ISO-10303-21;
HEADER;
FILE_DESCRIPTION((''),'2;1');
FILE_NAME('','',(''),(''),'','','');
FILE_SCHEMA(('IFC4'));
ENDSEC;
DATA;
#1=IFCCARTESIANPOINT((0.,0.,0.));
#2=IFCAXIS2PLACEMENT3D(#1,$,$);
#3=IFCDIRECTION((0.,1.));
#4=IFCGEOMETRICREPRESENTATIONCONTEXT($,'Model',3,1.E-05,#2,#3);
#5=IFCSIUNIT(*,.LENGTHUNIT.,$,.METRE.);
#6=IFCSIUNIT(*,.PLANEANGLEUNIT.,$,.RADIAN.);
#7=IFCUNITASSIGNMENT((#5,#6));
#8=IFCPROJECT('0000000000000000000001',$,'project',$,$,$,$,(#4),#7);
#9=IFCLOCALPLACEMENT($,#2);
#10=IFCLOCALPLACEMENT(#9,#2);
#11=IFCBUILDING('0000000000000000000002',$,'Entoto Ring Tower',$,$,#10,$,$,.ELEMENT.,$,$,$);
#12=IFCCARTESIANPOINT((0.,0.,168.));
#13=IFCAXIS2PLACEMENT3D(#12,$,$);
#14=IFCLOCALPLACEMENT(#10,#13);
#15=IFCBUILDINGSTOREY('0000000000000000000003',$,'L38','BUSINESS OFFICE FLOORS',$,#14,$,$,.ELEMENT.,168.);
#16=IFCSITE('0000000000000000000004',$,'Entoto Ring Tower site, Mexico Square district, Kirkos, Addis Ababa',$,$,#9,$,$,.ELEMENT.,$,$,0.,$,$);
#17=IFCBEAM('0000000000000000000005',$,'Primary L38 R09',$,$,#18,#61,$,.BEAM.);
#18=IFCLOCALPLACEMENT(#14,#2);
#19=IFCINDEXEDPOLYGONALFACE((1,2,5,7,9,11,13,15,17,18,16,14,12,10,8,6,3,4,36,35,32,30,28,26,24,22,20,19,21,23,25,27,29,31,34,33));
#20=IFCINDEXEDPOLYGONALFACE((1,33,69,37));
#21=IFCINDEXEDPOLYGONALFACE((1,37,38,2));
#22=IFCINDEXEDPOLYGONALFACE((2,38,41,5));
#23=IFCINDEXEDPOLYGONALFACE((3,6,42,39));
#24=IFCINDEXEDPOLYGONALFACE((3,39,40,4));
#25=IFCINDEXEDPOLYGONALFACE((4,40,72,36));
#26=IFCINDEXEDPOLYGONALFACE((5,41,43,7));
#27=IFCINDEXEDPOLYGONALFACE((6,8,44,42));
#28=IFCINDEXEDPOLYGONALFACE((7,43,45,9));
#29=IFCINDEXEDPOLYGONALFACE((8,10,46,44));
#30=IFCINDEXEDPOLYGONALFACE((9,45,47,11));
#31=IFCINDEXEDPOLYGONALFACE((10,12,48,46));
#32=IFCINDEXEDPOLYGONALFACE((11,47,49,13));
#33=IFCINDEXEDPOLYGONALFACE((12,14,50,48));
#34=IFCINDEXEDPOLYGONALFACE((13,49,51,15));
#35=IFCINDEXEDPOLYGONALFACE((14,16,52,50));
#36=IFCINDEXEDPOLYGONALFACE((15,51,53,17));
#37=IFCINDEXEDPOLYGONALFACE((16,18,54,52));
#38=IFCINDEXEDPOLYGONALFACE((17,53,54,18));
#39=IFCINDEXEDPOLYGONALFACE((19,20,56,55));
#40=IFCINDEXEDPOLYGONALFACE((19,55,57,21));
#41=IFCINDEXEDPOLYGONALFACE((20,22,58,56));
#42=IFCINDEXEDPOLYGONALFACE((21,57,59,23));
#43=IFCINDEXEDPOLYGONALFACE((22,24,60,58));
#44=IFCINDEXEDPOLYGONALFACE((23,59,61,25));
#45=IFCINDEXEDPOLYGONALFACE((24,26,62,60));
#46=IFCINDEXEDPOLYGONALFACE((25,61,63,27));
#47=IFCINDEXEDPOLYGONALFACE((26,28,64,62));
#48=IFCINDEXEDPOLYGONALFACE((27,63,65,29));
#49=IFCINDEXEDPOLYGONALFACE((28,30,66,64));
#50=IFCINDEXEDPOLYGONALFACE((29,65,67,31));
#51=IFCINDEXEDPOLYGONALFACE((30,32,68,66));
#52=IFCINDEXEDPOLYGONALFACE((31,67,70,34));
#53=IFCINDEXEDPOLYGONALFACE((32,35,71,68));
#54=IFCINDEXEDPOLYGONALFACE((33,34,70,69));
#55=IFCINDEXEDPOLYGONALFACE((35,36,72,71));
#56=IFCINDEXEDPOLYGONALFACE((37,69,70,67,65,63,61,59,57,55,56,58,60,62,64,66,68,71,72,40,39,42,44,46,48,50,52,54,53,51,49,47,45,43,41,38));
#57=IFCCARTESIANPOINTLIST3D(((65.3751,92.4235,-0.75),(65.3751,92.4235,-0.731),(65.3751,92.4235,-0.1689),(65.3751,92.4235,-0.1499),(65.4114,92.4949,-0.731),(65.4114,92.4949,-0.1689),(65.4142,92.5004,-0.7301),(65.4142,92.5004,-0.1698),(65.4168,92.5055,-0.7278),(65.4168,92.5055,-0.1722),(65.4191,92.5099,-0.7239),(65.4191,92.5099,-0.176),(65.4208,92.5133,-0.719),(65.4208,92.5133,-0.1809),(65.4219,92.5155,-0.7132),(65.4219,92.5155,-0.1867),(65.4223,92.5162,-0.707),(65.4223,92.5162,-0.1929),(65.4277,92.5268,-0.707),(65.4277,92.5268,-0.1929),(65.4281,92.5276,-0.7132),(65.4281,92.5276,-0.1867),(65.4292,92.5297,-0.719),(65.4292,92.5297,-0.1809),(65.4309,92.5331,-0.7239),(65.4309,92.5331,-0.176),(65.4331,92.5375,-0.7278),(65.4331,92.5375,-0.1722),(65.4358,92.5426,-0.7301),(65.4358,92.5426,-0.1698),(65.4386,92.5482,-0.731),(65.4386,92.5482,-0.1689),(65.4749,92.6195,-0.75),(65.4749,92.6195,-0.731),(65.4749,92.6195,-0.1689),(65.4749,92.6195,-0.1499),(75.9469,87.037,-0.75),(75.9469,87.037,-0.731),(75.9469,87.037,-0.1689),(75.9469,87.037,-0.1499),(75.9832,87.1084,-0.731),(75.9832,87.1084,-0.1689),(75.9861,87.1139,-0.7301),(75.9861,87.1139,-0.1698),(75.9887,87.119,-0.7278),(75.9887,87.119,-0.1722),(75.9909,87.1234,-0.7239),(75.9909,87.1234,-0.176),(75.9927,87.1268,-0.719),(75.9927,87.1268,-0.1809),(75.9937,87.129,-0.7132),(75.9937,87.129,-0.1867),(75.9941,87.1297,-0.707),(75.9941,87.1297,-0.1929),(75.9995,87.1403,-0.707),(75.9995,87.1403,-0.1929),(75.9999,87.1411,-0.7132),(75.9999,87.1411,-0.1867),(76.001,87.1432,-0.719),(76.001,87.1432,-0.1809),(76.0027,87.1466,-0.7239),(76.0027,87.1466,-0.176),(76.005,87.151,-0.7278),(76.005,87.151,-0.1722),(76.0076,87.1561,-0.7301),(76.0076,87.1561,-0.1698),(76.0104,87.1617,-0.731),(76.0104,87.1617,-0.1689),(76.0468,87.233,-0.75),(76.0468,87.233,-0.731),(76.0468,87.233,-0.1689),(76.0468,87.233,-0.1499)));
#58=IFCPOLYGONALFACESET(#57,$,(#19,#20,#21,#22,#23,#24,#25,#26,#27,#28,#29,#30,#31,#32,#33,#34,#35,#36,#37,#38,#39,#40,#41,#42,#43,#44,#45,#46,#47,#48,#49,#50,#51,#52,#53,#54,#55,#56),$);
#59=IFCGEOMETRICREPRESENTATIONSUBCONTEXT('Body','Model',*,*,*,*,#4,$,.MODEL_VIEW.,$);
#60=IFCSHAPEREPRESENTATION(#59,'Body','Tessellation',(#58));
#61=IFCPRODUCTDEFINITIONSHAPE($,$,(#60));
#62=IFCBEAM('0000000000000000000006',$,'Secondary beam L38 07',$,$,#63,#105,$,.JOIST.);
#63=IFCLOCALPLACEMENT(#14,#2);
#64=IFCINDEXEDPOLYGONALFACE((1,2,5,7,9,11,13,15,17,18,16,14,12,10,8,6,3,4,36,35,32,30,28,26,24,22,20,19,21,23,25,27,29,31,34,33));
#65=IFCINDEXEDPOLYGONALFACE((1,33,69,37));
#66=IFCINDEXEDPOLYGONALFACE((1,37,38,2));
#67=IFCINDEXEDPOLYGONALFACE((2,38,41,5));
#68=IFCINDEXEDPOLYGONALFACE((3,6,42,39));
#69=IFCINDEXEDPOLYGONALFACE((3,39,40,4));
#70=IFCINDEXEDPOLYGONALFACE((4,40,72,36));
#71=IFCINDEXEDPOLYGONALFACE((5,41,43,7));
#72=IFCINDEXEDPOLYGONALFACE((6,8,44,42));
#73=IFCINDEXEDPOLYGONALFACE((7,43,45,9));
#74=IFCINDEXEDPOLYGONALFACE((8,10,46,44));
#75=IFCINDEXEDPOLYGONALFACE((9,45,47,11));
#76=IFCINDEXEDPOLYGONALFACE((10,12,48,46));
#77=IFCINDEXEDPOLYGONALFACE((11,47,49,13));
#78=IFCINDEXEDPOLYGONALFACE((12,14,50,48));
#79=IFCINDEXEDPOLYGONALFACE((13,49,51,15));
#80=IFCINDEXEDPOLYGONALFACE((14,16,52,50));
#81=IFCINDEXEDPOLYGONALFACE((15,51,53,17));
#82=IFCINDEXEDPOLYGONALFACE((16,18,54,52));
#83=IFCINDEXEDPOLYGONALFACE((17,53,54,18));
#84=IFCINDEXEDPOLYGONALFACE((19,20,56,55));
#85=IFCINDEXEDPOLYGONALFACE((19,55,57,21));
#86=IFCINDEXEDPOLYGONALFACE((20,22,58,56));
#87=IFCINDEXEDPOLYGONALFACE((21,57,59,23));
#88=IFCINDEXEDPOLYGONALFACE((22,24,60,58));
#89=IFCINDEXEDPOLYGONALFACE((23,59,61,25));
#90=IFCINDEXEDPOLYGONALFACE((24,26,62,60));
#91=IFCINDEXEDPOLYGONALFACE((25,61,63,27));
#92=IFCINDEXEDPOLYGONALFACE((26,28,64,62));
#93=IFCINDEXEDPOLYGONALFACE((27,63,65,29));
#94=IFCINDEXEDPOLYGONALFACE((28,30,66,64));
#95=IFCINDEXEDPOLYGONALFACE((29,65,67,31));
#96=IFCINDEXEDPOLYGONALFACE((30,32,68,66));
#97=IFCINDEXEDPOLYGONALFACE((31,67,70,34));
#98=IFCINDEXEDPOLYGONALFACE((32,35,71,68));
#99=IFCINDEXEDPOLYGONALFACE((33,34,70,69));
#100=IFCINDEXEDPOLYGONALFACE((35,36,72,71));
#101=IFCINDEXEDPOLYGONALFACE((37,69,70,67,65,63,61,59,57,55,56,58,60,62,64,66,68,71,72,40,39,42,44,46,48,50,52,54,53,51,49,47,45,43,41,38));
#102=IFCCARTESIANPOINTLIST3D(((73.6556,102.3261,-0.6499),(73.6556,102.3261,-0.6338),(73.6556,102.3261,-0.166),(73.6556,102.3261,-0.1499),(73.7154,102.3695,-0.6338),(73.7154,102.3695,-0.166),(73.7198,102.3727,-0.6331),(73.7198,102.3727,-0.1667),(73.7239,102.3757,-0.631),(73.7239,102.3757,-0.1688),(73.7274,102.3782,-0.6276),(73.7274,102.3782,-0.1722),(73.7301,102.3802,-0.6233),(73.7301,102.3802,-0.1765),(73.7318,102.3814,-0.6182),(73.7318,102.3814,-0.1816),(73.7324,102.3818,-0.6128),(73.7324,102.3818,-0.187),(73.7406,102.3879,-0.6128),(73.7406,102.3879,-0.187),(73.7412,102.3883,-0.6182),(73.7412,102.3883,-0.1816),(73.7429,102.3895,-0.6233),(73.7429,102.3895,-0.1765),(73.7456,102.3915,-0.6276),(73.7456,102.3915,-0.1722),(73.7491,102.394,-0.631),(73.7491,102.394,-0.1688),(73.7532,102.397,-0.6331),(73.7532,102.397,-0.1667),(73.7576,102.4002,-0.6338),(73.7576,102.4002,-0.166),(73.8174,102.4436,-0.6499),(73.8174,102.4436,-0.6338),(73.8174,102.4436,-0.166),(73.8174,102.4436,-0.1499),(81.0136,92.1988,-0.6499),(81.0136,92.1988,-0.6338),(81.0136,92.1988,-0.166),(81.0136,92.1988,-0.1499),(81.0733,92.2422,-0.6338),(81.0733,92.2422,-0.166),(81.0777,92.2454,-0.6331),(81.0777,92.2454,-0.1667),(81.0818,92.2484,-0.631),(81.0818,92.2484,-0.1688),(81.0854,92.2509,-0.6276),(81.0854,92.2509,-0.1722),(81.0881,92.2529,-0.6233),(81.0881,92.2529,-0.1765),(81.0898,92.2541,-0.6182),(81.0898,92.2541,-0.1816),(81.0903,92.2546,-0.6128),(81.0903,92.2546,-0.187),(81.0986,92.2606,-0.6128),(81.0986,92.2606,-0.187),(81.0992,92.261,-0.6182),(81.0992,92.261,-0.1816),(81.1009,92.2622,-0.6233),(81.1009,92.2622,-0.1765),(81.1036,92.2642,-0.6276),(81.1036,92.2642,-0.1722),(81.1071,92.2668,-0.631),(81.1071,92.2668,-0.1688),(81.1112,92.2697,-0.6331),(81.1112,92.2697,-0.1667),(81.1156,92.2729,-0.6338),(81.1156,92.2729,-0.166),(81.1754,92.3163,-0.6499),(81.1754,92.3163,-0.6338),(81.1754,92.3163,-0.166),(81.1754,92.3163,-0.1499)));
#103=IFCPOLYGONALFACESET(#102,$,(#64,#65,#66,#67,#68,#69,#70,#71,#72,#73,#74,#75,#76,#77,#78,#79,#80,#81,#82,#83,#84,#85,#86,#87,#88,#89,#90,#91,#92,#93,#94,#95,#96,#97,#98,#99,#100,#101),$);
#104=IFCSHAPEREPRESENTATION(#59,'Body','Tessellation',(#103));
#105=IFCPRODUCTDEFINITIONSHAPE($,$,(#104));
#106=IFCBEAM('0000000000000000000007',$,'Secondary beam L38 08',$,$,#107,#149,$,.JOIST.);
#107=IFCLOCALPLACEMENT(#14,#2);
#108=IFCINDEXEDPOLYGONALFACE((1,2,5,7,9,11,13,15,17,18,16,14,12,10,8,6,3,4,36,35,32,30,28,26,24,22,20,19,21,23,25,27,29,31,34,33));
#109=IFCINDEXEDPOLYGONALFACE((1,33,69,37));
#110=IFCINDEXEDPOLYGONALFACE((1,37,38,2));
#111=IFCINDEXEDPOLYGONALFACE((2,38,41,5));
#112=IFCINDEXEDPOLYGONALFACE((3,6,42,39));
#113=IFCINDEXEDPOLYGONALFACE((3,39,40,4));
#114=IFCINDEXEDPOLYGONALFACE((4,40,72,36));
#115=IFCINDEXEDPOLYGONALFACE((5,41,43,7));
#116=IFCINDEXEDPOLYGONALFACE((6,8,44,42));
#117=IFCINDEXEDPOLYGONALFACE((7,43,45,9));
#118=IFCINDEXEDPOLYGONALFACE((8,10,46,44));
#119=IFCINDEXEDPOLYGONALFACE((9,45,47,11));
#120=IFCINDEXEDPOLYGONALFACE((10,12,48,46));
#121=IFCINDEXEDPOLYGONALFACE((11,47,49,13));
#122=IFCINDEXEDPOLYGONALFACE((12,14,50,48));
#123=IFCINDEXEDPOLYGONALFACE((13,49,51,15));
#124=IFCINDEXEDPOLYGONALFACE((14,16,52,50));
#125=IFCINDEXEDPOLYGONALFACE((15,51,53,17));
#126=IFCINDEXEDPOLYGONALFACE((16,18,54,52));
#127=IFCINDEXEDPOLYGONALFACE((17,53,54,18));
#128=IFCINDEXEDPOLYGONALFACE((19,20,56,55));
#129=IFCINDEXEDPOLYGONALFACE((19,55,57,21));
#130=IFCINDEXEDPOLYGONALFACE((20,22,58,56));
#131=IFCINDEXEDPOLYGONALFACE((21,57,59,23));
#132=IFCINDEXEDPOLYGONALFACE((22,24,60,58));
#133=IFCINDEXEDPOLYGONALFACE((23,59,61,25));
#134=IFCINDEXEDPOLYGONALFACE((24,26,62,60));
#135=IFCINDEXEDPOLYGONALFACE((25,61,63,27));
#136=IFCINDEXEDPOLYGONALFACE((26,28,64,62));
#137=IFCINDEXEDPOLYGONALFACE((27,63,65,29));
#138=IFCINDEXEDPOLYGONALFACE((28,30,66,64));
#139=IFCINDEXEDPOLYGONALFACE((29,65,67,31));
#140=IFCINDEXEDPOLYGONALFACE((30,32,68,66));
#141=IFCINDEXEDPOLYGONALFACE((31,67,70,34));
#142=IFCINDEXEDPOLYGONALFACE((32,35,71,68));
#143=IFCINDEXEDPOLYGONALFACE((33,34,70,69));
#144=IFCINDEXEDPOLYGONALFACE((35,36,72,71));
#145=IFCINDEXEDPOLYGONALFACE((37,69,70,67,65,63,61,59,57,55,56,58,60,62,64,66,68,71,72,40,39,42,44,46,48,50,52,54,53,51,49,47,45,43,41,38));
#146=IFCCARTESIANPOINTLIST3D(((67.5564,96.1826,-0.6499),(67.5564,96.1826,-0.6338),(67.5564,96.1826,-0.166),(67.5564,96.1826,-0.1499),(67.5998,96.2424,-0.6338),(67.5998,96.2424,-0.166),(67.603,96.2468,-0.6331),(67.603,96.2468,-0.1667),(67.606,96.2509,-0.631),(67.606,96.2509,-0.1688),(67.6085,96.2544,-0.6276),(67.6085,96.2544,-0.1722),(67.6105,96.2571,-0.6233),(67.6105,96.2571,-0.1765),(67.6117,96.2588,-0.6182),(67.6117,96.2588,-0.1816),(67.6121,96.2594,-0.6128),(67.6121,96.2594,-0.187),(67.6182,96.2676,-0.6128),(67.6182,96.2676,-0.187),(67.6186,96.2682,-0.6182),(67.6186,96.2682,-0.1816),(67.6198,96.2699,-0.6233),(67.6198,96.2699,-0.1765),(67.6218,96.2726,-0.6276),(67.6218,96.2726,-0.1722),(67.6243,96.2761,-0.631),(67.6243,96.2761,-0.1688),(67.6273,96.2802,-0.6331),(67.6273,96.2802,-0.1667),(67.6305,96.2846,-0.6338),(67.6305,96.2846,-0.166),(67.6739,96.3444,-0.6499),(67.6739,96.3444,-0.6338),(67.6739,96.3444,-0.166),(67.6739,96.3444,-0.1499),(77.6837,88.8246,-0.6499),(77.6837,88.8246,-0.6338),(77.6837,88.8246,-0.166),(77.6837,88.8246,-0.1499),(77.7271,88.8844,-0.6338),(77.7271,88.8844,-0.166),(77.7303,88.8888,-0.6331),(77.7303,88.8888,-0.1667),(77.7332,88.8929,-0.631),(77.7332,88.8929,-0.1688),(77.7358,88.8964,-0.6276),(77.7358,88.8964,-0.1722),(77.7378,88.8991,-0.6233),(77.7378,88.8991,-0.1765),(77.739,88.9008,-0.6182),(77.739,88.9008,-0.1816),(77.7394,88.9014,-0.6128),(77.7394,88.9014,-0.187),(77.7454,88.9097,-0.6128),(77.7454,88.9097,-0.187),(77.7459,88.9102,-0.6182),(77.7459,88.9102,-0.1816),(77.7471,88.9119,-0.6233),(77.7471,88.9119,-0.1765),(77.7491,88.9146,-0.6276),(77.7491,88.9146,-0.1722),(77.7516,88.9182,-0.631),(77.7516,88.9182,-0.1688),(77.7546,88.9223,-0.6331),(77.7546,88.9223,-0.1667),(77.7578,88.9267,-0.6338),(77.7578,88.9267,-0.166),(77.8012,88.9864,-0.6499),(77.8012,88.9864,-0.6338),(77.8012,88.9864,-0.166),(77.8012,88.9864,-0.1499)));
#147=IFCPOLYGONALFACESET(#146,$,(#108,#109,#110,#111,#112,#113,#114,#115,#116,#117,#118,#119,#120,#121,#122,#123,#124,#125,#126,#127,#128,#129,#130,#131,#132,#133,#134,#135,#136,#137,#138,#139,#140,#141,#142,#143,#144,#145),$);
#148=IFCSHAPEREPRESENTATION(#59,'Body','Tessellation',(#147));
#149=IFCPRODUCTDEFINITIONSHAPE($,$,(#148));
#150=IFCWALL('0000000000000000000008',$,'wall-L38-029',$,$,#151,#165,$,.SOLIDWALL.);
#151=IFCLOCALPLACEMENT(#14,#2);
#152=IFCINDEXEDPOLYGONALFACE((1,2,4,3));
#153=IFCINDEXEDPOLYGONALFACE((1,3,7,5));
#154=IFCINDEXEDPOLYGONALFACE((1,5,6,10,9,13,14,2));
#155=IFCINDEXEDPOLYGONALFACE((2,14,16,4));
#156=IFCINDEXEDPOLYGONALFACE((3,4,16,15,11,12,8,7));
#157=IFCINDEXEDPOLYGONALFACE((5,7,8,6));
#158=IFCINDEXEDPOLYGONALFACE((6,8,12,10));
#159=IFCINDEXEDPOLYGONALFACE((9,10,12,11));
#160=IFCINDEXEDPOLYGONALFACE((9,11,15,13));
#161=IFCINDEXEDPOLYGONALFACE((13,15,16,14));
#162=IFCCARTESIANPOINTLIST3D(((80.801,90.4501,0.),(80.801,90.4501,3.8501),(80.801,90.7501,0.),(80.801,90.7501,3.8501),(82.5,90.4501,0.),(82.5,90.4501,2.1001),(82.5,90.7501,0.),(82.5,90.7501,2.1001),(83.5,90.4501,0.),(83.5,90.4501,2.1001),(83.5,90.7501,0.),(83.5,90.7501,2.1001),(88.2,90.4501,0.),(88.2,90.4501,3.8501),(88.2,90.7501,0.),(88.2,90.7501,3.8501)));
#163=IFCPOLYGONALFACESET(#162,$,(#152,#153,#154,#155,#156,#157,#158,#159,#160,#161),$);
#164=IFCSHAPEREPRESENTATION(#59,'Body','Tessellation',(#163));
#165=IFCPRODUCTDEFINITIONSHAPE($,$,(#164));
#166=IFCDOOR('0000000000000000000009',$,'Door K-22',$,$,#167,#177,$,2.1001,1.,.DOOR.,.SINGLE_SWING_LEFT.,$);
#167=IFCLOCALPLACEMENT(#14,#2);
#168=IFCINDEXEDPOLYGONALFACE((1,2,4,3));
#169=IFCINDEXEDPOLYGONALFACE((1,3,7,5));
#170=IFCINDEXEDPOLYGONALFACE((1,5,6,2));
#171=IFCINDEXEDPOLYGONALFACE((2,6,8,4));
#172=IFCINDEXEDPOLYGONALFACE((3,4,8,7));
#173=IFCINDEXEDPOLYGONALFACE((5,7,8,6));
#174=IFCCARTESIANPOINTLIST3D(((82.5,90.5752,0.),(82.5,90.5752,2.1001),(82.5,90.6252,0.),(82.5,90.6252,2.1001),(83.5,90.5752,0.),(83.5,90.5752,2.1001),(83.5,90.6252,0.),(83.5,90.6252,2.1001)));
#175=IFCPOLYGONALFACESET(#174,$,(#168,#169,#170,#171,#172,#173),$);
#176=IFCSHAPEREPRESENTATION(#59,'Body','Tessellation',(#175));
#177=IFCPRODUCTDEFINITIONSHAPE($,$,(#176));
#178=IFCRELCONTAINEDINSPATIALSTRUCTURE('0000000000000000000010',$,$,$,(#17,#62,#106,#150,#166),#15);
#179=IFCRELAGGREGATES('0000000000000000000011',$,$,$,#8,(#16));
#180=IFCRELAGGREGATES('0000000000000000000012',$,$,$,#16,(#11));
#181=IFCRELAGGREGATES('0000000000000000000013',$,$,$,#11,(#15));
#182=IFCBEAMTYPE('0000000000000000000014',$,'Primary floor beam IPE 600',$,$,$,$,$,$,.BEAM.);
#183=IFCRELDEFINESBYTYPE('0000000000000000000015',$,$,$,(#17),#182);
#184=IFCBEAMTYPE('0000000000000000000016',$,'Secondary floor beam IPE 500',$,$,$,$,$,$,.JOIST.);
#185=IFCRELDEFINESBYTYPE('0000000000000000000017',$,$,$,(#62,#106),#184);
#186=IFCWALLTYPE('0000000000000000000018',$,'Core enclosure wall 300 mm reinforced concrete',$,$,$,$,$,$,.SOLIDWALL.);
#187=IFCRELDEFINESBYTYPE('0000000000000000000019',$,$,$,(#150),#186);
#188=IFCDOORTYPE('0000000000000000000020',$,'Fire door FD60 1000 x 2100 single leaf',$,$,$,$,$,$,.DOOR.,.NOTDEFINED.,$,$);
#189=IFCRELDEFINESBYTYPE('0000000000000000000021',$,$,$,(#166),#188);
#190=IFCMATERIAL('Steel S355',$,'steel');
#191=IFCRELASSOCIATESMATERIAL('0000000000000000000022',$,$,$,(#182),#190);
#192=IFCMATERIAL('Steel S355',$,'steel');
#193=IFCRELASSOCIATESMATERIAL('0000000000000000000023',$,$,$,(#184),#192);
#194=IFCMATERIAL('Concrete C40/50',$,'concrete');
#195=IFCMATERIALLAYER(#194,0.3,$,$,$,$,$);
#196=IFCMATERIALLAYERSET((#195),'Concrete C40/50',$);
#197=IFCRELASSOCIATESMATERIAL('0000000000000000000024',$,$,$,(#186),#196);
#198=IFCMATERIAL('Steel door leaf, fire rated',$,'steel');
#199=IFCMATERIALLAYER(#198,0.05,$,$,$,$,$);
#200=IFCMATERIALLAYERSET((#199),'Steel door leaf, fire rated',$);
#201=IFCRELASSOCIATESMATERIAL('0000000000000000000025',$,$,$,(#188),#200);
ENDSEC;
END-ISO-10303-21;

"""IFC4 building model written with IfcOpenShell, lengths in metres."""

from ifc_helpers import new_model, si_unit, direction, frame, frame_2d, origin, origin_2d, place, context, subcontext, project, spatial, rectangle, i_section, extrude, material, layer, layer_set, material_profile, profile_set, type_object, element, fill, save


model = new_model("IFC4")

# Units and contexts
model_context = context("Model", 3, precision=1e-05, world=origin(), true_north=direction((0.0, 1.0)))
body_context = subcontext(model_context, "Body", "Model", "MODEL_VIEW")
ifc_project = project(units=[si_unit("LENGTHUNIT", "METRE"), si_unit("PLANEANGLEUNIT", "RADIAN")], contexts=[model_context])

# Site, building, storey
site_placement = place(None, origin())
site = spatial("IfcSite", under=ifc_project, at=site_placement, Name="Entoto Ring Tower site, Mexico Square district, Kirkos, Addis Ababa", CompositionType="ELEMENT", RefElevation=0.0)
building_placement = place(site_placement, origin())
building = spatial("IfcBuilding", under=site, at=building_placement, Name="Entoto Ring Tower", CompositionType="ELEMENT")
storey_placement = place(building_placement, frame((0.0, 0.0, 168.0)))
storey = spatial("IfcBuildingStorey", under=building, at=storey_placement, Name="L38", Description="BUSINESS OFFICE FLOORS", CompositionType="ELEMENT", Elevation=168.0)

# Beams
ifc_material_1 = material(Name="Steel S355", Category="steel")
ifc_material_profile_1 = material_profile(ifc_material_1, i_section(OverallWidth=0.22, OverallDepth=0.6001, WebThickness=0.012, FlangeThickness=0.019, FilletRadius=0.0239, at=origin_2d()), Name="IPE 600")
ifc_profile_set_1 = profile_set([ifc_material_profile_1], Name="Steel S355")
beam_type_1 = type_object("IfcBeamType", Name="Primary floor beam IPE 600", PredefinedType="BEAM", material=ifc_profile_set_1)
beam_1_placement = place(storey_placement, frame((75.9968, 87.135, -0.45), z_axis=(-0.89101, 0.453983, 0.0), x_axis=(-0.453983, -0.89101, 0.0)))
element("IfcBeam", 1, at=beam_1_placement, inside=storey, type_object=beam_type_1, Name="Primary L38 R09", PredefinedType="BEAM", context=body_context, shape_type="SweptSolid", body=[
    extrude(i_section(OverallWidth=0.22, OverallDepth=0.6001, WebThickness=0.012, FlangeThickness=0.019, FilletRadius=0.0239, at=origin_2d()), origin(), (0.0, 0.0, 1.0), 11.865),
])
ifc_material_2 = material(Name="Steel S355", Category="steel")
ifc_material_profile_2 = material_profile(ifc_material_2, i_section(OverallWidth=0.2, OverallDepth=0.5, WebThickness=0.0103, FlangeThickness=0.0161, FilletRadius=0.021, at=origin_2d()), Name="IPE 500")
ifc_profile_set_2 = profile_set([ifc_material_profile_2], Name="Steel S355")
beam_type_2 = type_object("IfcBeamType", Name="Secondary floor beam IPE 500", PredefinedType="JOIST", material=ifc_profile_set_2)
for number, where, z_axis, x_axis, name in (
    (2, (81.0945, 92.2576, -0.3999), (-0.587789, 0.809014, 0.0), (-0.809014, -0.587789, 0.0), "Secondary beam L38 07"),
    (3, (77.7424, 88.9055, -0.3999), (-0.809014, 0.587789, 0.0), (-0.587789, -0.809014, 0.0), "Secondary beam L38 08"),
):
    element("IfcBeam", number, at=place(storey_placement, frame(where, z_axis=z_axis, x_axis=x_axis)), inside=storey, type_object=beam_type_2, Name=name, PredefinedType="JOIST", context=body_context, shape_type="SweptSolid", body=[
        extrude(i_section(OverallWidth=0.2, OverallDepth=0.5, WebThickness=0.0103, FlangeThickness=0.0161, FilletRadius=0.021, at=origin_2d()), origin(), (0.0, 0.0, 1.0), 12.5181),
    ])

# Wall, opening, door
ifc_material_3 = material(Name="Concrete C40/50", Category="concrete")
ifc_layer_1 = layer(ifc_material_3, 0.3)
ifc_layer_set_1 = layer_set([ifc_layer_1], Name="Concrete C40/50")
wall_type_1 = type_object("IfcWallType", Name="Core enclosure wall 300 mm reinforced concrete", PredefinedType="SOLIDWALL", material=ifc_layer_set_1)
wall_1_placement = place(storey_placement, frame((80.801, 90.6001, 0.0), z_axis=(0.0, 0.0, 1.0), x_axis=(1.0, 0.0, 0.0)))
wall_1 = element("IfcWall", 4, at=wall_1_placement, inside=storey, type_object=wall_type_1, Name="wall-L38-029", PredefinedType="SOLIDWALL", context=body_context, shape_type="SweptSolid", body=[
    extrude(rectangle(XDim=7.3989, YDim=0.3, at=frame_2d((3.6995, 0.0))), origin(), (0.0, 0.0, 1.0), 3.8501),
])
opening_1_placement = place(wall_1_placement, frame((1.699, 0.0, 0.0)))
opening_1 = element("IfcOpeningElement", 5, at=opening_1_placement, cuts=wall_1, PredefinedType="OPENING", context=body_context, shape_type="SweptSolid", body=[
    extrude(rectangle(XDim=1.0, YDim=2.1001, at=frame_2d((0.5, 1.05))), frame((0.0, 0.1602, 0.0), z_axis=(0.0, -1.0, 0.0), x_axis=(1.0, 0.0, 0.0)), (0.0, 0.0, 1.0), 0.3201),
])
ifc_material_4 = material(Name="Steel door leaf, fire rated", Category="steel")
ifc_layer_2 = layer(ifc_material_4, 0.05)
ifc_layer_set_2 = layer_set([ifc_layer_2], Name="Steel door leaf, fire rated")
door_type_1 = type_object("IfcDoorType", Name="Fire door FD60 1000 x 2100 single leaf", OperationType="NOTDEFINED", PredefinedType="DOOR", material=ifc_layer_set_2)
door_1_placement = place(opening_1_placement, frame((1.0, 0.0, 0.0), z_axis=(0.0, 0.0, 1.0), x_axis=(-1.0, 0.0, 0.0)))
door_1 = element("IfcDoor", 6, at=door_1_placement, inside=storey, type_object=door_type_1, Name="Door K-22", OperationType="SINGLE_SWING_LEFT", OverallHeight=2.1001, OverallWidth=1.0, PredefinedType="DOOR", context=body_context, shape_type="SweptSolid", body=[
    extrude(rectangle(XDim=1.0, YDim=2.1001, at=frame_2d((0.5, 1.05))), frame((0.0, 0.0249, 0.0), z_axis=(0.0, -1.0, 0.0), x_axis=(1.0, 0.0, 0.0)), (0.0, 0.0, 1.0), 0.05),
])
fill(opening_1, door_1)

save(model, "model.ifc")
